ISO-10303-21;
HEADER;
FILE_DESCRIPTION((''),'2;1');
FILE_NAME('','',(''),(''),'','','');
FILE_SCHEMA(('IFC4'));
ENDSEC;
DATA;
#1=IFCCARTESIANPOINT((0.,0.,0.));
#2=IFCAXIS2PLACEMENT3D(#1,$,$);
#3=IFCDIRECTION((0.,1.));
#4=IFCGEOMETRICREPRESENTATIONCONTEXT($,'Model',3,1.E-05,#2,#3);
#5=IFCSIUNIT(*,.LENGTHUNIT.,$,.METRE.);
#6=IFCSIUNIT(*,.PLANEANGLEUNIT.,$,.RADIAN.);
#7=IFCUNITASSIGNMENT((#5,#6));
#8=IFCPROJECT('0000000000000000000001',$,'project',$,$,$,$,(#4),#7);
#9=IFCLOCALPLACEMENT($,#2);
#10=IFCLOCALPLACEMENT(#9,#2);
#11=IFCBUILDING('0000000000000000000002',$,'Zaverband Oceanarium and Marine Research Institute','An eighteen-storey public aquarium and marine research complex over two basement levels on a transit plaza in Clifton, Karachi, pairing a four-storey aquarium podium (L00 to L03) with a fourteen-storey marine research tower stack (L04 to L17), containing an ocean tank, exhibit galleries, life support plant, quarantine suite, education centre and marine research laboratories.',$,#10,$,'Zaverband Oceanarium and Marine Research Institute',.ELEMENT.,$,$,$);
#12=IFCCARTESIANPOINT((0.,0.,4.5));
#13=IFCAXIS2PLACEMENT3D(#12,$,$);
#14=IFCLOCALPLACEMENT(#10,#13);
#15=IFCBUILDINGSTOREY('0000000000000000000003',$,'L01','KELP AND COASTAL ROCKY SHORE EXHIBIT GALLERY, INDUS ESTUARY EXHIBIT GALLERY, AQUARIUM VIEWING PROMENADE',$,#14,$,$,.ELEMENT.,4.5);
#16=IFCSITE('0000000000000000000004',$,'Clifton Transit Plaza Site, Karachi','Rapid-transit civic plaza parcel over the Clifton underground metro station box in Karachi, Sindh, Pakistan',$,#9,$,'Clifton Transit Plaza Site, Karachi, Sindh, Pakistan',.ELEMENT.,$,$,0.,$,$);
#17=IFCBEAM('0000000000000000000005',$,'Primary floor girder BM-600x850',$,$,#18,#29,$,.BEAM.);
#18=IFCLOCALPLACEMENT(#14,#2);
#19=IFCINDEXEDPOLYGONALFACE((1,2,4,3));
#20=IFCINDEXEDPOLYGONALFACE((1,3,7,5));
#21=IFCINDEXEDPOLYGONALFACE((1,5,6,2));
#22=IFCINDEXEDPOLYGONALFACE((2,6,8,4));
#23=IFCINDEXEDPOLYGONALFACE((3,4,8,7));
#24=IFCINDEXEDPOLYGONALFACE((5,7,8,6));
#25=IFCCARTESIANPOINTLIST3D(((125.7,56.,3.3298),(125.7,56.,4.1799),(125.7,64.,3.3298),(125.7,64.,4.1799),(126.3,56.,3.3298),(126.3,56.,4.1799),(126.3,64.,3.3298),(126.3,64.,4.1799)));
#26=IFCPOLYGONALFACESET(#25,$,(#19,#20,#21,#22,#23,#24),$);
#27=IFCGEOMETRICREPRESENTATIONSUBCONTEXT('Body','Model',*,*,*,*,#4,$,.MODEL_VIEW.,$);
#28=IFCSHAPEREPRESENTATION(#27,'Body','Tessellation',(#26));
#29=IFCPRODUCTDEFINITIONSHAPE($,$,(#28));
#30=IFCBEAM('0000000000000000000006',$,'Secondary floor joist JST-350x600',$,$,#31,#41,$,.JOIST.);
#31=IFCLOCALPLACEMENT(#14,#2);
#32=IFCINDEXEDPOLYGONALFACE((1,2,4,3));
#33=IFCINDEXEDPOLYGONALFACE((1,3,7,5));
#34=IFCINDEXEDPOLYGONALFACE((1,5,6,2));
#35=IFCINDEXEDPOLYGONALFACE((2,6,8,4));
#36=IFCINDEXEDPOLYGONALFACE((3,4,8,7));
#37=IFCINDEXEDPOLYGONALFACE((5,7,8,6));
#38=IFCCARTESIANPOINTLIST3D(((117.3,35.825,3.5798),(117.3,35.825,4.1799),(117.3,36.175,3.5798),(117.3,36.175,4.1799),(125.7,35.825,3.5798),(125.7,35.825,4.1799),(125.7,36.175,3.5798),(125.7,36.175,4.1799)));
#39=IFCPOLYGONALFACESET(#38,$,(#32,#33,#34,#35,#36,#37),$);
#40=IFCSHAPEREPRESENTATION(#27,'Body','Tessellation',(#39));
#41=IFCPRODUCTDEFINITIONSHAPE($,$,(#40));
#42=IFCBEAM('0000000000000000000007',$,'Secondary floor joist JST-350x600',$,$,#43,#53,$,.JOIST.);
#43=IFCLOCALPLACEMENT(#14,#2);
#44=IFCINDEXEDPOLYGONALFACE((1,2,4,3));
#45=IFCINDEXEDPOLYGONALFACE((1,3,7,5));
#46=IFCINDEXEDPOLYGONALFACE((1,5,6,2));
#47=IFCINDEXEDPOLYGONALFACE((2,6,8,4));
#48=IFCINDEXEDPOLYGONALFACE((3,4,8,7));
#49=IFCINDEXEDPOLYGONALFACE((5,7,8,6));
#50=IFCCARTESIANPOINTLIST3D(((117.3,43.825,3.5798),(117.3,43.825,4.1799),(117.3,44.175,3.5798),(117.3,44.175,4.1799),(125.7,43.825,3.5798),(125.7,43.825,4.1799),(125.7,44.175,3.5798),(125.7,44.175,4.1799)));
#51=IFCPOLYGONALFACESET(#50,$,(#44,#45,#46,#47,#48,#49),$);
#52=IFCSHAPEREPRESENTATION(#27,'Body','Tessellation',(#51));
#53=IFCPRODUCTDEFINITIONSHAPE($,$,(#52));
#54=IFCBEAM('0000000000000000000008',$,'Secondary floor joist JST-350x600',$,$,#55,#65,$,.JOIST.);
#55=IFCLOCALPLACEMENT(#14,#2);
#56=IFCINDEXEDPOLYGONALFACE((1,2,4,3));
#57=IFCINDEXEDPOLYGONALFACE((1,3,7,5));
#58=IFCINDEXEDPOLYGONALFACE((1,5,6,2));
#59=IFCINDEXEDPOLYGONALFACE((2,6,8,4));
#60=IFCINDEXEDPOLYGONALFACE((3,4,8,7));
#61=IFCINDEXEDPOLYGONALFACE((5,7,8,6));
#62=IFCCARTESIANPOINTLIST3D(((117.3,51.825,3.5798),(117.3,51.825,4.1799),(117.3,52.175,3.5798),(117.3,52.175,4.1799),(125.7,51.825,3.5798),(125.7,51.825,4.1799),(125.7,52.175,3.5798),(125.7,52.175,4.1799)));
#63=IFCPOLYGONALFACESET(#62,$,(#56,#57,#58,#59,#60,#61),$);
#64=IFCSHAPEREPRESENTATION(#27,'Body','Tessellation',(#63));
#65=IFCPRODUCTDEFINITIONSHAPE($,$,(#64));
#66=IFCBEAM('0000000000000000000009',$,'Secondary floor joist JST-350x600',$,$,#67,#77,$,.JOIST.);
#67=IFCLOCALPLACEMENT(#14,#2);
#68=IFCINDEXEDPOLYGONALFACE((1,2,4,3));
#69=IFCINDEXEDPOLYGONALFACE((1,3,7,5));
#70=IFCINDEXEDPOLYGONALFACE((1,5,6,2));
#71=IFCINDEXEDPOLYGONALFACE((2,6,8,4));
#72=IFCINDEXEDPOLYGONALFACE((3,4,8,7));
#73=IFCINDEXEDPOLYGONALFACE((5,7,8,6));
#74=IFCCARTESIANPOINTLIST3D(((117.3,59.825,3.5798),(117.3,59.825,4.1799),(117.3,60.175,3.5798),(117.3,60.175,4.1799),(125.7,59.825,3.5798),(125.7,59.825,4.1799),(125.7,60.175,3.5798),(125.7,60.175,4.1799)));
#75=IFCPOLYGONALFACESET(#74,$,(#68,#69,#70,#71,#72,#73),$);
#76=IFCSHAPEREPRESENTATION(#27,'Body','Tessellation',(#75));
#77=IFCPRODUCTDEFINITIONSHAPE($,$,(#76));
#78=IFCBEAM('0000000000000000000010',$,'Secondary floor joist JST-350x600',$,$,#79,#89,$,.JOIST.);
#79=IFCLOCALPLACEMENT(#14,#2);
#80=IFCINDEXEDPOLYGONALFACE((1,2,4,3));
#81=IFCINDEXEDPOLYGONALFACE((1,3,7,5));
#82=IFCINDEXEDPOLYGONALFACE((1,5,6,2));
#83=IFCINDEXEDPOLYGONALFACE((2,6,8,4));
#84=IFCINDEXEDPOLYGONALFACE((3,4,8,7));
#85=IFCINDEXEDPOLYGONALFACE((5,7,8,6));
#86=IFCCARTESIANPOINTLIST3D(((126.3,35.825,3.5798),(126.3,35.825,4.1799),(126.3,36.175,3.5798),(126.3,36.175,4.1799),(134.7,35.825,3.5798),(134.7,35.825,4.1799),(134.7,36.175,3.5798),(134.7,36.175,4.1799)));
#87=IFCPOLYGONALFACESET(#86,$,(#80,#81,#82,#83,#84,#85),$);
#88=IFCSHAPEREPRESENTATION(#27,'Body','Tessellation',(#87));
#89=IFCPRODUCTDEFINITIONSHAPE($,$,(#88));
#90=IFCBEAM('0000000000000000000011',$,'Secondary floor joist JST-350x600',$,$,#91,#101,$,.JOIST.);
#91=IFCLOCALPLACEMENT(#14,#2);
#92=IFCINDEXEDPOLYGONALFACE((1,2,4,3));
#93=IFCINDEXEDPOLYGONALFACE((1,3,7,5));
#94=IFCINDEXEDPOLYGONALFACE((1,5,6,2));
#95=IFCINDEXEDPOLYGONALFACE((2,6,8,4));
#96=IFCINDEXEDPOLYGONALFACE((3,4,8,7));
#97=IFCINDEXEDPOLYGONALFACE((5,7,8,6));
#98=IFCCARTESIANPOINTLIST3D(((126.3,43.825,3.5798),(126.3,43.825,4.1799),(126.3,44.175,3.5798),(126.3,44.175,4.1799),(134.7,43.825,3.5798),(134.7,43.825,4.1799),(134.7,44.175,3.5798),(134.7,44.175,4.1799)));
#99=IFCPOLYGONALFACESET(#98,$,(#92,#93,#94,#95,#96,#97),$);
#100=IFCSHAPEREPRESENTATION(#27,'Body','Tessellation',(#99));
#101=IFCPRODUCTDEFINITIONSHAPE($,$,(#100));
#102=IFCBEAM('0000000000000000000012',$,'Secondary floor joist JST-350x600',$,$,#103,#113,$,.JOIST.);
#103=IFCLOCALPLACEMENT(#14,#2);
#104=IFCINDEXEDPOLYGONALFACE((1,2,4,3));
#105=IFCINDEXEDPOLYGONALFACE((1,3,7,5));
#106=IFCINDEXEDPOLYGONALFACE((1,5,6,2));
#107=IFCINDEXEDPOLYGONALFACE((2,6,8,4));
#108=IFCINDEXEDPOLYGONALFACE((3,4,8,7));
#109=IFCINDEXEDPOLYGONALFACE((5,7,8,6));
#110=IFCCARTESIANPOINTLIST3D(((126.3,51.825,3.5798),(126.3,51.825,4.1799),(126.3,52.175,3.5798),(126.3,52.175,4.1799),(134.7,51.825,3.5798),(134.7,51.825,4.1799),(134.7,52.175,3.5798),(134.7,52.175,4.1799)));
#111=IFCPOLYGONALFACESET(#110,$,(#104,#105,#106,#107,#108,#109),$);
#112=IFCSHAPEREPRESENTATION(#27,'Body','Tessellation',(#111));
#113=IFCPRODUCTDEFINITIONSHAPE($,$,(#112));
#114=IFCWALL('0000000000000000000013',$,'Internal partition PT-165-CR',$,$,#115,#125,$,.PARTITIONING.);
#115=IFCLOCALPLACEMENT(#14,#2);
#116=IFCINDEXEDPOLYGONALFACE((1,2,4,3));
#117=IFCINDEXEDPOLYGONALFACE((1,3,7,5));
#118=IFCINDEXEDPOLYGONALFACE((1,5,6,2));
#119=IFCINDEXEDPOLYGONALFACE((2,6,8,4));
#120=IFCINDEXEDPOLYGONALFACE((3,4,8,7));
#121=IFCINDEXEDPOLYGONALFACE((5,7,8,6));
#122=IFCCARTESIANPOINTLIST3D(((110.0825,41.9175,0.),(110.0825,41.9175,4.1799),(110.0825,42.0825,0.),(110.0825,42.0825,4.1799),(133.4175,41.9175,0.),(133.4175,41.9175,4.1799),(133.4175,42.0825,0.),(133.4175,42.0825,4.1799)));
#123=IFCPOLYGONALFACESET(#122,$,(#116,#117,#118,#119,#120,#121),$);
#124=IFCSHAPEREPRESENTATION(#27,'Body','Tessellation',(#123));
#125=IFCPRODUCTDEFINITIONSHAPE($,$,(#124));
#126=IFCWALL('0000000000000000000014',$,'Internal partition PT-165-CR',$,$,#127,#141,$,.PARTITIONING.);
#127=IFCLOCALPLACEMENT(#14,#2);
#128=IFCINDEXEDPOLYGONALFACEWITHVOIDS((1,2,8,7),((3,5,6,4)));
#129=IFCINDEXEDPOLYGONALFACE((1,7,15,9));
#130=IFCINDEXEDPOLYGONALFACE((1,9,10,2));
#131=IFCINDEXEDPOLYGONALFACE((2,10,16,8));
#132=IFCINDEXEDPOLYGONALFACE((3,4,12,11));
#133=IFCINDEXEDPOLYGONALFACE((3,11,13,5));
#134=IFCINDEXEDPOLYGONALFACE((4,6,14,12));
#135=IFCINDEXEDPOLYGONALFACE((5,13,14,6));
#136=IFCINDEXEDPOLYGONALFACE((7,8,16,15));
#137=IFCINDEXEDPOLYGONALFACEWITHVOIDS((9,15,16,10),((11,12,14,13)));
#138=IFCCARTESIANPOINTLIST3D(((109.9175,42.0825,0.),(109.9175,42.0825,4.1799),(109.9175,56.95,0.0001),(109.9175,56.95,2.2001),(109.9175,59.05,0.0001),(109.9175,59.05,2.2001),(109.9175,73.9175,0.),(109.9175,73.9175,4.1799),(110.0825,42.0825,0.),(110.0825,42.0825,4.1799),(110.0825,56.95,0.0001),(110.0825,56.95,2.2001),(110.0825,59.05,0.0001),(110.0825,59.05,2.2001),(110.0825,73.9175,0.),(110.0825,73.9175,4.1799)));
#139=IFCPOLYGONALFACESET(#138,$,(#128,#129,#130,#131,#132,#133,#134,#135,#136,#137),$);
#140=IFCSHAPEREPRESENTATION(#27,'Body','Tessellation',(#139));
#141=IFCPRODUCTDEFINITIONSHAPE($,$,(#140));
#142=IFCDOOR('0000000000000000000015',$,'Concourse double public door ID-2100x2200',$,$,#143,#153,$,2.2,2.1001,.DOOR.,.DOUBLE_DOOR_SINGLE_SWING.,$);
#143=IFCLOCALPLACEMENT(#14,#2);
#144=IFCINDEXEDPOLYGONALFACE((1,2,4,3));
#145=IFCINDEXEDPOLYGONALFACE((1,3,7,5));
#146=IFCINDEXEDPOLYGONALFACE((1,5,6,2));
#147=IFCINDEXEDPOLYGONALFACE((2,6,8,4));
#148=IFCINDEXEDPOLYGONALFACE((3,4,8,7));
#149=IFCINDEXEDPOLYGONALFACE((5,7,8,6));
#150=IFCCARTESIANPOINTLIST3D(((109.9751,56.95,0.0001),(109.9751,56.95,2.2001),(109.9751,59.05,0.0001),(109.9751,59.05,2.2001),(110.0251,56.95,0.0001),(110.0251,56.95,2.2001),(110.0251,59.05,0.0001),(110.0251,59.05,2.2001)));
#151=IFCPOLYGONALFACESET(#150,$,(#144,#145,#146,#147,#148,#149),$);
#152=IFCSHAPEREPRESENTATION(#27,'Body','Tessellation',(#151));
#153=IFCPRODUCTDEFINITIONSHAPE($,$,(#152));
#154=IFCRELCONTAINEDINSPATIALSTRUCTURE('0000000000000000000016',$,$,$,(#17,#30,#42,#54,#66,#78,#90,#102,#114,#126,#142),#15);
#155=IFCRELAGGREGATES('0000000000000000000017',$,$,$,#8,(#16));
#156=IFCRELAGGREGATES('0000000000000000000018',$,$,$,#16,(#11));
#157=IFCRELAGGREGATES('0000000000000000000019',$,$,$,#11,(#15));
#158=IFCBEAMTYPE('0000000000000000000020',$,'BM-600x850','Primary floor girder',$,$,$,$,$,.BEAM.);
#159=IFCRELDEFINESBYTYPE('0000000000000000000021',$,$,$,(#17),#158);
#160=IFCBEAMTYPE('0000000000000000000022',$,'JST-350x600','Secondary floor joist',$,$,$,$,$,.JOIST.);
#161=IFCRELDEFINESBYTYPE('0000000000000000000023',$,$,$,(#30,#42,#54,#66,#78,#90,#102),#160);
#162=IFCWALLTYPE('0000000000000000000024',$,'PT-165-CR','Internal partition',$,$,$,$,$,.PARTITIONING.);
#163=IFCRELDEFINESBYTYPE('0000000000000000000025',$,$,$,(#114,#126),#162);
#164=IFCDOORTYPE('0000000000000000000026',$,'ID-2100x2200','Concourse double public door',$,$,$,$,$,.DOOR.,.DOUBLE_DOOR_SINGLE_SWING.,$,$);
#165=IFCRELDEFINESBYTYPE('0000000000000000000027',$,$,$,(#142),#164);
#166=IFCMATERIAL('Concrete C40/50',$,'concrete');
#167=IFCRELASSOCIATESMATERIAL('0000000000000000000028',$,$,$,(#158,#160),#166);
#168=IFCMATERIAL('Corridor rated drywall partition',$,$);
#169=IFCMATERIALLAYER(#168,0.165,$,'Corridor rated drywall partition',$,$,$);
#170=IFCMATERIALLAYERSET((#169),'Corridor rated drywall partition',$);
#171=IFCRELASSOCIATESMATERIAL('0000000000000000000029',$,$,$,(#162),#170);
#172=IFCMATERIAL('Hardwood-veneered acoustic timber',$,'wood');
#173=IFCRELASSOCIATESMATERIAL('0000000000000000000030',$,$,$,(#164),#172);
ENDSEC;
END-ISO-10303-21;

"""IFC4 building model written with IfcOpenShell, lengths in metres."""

from ifc_helpers import new_model, si_unit, direction, frame, frame_2d, origin, origin_2d, place, context, subcontext, project, spatial, rectangle, extrude, material, layer, layer_set, material_profile, profile_set, type_object, element, fill, save


model = new_model("IFC4")

# Units and contexts
model_context = context("Model", 3, precision=1e-05, world=origin(), true_north=direction((0.0, 1.0)))
body_context = subcontext(model_context, "Body", "Model", "MODEL_VIEW")
ifc_project = project(units=[si_unit("LENGTHUNIT", "METRE"), si_unit("PLANEANGLEUNIT", "RADIAN")], contexts=[model_context])

# Site, building, storey
site_placement = place(None, origin())
site = spatial("IfcSite", under=ifc_project, at=site_placement, Name="Clifton Transit Plaza Site, Karachi", Description="Rapid-transit civic plaza parcel over the Clifton underground metro station box in Karachi, Sindh, Pakistan", LongName="Clifton Transit Plaza Site, Karachi, Sindh, Pakistan", CompositionType="ELEMENT", RefElevation=0.0)
building_placement = place(site_placement, origin())
building = spatial("IfcBuilding", under=site, at=building_placement, Name="Zaverband Oceanarium and Marine Research Institute", Description="An eighteen-storey public aquarium and marine research complex over two basement levels on a transit plaza in Clifton, Karachi, pairing a four-storey aquarium podium (L00 to L03) with a fourteen-storey marine research tower stack (L04 to L17), containing an ocean tank, exhibit galleries, life support plant, quarantine suite, education centre and marine research laboratories.", LongName="Zaverband Oceanarium and Marine Research Institute", CompositionType="ELEMENT")
storey_placement = place(building_placement, frame((0.0, 0.0, 4.5)))
storey = spatial("IfcBuildingStorey", under=building, at=storey_placement, Name="L01", Description="KELP AND COASTAL ROCKY SHORE EXHIBIT GALLERY, INDUS ESTUARY EXHIBIT GALLERY, AQUARIUM VIEWING PROMENADE", CompositionType="ELEMENT", Elevation=4.5)

# Beams
ifc_material_1 = material(Name="Concrete C40/50", Category="concrete")
ifc_material_profile_1 = material_profile(ifc_material_1, rectangle(XDim=0.6001, YDim=0.8501, at=origin_2d()), Name="RC600x850")
ifc_profile_set_1 = profile_set([ifc_material_profile_1], Name="Concrete C40/50")
beam_type_1 = type_object("IfcBeamType", Name="BM-600x850", Description="Primary floor girder", PredefinedType="BEAM", material=ifc_profile_set_1)
for number, where, z_axis, x_axis, name in (
    (1, (126.0, 56.0, 3.7549), (0.0, 1.0, 0.0), (-1.0, 0.0, 0.0), "Primary floor girder BM-600x850"),
):
    element("IfcBeam", number, at=place(storey_placement, frame(where, z_axis=z_axis, x_axis=x_axis)), inside=storey, type_object=beam_type_1, Name=name, PredefinedType="BEAM", context=body_context, shape_type="SweptSolid", body=[
        extrude(rectangle(XDim=0.6001, YDim=0.8501, at=origin_2d()), origin(), (0.0, 0.0, 1.0), 8.0),
    ])
ifc_material_profile_2 = material_profile(ifc_material_1, rectangle(XDim=0.3501, YDim=0.6001, at=origin_2d()), Name="RC350x600")
ifc_profile_set_2 = profile_set([ifc_material_profile_2], Name="Concrete C40/50")
beam_type_2 = type_object("IfcBeamType", Name="JST-350x600", Description="Secondary floor joist", PredefinedType="JOIST", material=ifc_profile_set_2)
for number, where, z_axis, x_axis, name in (
    (2, (117.3, 36.0, 3.8799), (1.0, 0.0, 0.0), (0.0, 1.0, 0.0), "Secondary floor joist JST-350x600"),
    (3, (117.3, 44.0, 3.8799), (1.0, 0.0, 0.0), (0.0, 1.0, 0.0), "Secondary floor joist JST-350x600"),
    (4, (117.3, 52.0, 3.8799), (1.0, 0.0, 0.0), (0.0, 1.0, 0.0), "Secondary floor joist JST-350x600"),
    (5, (117.3, 60.0, 3.8799), (1.0, 0.0, 0.0), (0.0, 1.0, 0.0), "Secondary floor joist JST-350x600"),
    (6, (126.3, 36.0, 3.8799), (1.0, 0.0, 0.0), (0.0, 1.0, 0.0), "Secondary floor joist JST-350x600"),
    (7, (126.3, 44.0, 3.8799), (1.0, 0.0, 0.0), (0.0, 1.0, 0.0), "Secondary floor joist JST-350x600"),
    (8, (126.3, 52.0, 3.8799), (1.0, 0.0, 0.0), (0.0, 1.0, 0.0), "Secondary floor joist JST-350x600"),
):
    element("IfcBeam", number, at=place(storey_placement, frame(where, z_axis=z_axis, x_axis=x_axis)), inside=storey, type_object=beam_type_2, Name=name, PredefinedType="JOIST", context=body_context, shape_type="SweptSolid", body=[
        extrude(rectangle(XDim=0.3501, YDim=0.6001, at=origin_2d()), origin(), (0.0, 0.0, 1.0), 8.3999),
    ])

# Wall
ifc_material_2 = material(Name="Corridor rated drywall partition")
ifc_layer = layer(ifc_material_2, 0.165, Name="Corridor rated drywall partition")
ifc_layer_set = layer_set([ifc_layer], Name="Corridor rated drywall partition")
wall_type = type_object("IfcWallType", Name="PT-165-CR", Description="Internal partition", PredefinedType="PARTITIONING", material=ifc_layer_set)
wall_1_placement = place(storey_placement, frame((110.0825, 42.0, 0.0), z_axis=(0.0, 0.0, 1.0), x_axis=(1.0, 0.0, 0.0)))
element("IfcWall", 9, at=wall_1_placement, inside=storey, type_object=wall_type, Name="Internal partition PT-165-CR", PredefinedType="PARTITIONING", context=body_context, shape_type="SweptSolid", body=[
    extrude(rectangle(XDim=23.335, YDim=0.165, at=frame_2d((11.6675, 0.0))), origin(), (0.0, 0.0, 1.0), 4.1799),
])

# Wall, opening, door
wall_2_placement = place(storey_placement, frame((110.0, 42.0825, 0.0), z_axis=(0.0, 0.0, 1.0), x_axis=(0.0, 1.0, 0.0)))
wall_2 = element("IfcWall", 10, at=wall_2_placement, inside=storey, type_object=wall_type, Name="Internal partition PT-165-CR", PredefinedType="PARTITIONING", context=body_context, shape_type="SweptSolid", body=[
    extrude(rectangle(XDim=31.835, YDim=0.165, at=frame_2d((15.9175, 0.0))), origin(), (0.0, 0.0, 1.0), 4.1799),
])
opening_placement = place(wall_2_placement, frame((14.8674, 0.0, 0.0)))
opening = element("IfcOpeningElement", 11, at=opening_placement, cuts=wall_2, PredefinedType="OPENING", context=body_context, shape_type="SweptSolid", body=[
    extrude(rectangle(XDim=2.1001, YDim=2.2, at=frame_2d((1.05, 1.1001))), frame((0.0, 0.0945, 0.0), z_axis=(0.0, -1.0, 0.0), x_axis=(1.0, 0.0, 0.0)), (0.0, 0.0, 1.0), 0.189),
])
ifc_material_3 = material(Name="Hardwood-veneered acoustic timber", Category="wood")
door_type = type_object("IfcDoorType", Name="ID-2100x2200", Description="Concourse double public door", OperationType="DOUBLE_DOOR_SINGLE_SWING", PredefinedType="DOOR", material=ifc_material_3)
door_placement = place(opening_placement, origin())
door = element("IfcDoor", 12, at=door_placement, inside=storey, type_object=door_type, Name="Concourse double public door ID-2100x2200", OperationType="DOUBLE_DOOR_SINGLE_SWING", OverallHeight=2.2, OverallWidth=2.1001, PredefinedType="DOOR", context=body_context, shape_type="SweptSolid", body=[
    extrude(rectangle(XDim=2.1001, YDim=2.2, at=frame_2d((1.05, 1.1001))), frame((0.0, 0.0249, 0.0), z_axis=(0.0, -1.0, 0.0), x_axis=(1.0, 0.0, 0.0)), (0.0, 0.0, 1.0), 0.05),
])
fill(opening, door)

save(model, "model.ifc")
